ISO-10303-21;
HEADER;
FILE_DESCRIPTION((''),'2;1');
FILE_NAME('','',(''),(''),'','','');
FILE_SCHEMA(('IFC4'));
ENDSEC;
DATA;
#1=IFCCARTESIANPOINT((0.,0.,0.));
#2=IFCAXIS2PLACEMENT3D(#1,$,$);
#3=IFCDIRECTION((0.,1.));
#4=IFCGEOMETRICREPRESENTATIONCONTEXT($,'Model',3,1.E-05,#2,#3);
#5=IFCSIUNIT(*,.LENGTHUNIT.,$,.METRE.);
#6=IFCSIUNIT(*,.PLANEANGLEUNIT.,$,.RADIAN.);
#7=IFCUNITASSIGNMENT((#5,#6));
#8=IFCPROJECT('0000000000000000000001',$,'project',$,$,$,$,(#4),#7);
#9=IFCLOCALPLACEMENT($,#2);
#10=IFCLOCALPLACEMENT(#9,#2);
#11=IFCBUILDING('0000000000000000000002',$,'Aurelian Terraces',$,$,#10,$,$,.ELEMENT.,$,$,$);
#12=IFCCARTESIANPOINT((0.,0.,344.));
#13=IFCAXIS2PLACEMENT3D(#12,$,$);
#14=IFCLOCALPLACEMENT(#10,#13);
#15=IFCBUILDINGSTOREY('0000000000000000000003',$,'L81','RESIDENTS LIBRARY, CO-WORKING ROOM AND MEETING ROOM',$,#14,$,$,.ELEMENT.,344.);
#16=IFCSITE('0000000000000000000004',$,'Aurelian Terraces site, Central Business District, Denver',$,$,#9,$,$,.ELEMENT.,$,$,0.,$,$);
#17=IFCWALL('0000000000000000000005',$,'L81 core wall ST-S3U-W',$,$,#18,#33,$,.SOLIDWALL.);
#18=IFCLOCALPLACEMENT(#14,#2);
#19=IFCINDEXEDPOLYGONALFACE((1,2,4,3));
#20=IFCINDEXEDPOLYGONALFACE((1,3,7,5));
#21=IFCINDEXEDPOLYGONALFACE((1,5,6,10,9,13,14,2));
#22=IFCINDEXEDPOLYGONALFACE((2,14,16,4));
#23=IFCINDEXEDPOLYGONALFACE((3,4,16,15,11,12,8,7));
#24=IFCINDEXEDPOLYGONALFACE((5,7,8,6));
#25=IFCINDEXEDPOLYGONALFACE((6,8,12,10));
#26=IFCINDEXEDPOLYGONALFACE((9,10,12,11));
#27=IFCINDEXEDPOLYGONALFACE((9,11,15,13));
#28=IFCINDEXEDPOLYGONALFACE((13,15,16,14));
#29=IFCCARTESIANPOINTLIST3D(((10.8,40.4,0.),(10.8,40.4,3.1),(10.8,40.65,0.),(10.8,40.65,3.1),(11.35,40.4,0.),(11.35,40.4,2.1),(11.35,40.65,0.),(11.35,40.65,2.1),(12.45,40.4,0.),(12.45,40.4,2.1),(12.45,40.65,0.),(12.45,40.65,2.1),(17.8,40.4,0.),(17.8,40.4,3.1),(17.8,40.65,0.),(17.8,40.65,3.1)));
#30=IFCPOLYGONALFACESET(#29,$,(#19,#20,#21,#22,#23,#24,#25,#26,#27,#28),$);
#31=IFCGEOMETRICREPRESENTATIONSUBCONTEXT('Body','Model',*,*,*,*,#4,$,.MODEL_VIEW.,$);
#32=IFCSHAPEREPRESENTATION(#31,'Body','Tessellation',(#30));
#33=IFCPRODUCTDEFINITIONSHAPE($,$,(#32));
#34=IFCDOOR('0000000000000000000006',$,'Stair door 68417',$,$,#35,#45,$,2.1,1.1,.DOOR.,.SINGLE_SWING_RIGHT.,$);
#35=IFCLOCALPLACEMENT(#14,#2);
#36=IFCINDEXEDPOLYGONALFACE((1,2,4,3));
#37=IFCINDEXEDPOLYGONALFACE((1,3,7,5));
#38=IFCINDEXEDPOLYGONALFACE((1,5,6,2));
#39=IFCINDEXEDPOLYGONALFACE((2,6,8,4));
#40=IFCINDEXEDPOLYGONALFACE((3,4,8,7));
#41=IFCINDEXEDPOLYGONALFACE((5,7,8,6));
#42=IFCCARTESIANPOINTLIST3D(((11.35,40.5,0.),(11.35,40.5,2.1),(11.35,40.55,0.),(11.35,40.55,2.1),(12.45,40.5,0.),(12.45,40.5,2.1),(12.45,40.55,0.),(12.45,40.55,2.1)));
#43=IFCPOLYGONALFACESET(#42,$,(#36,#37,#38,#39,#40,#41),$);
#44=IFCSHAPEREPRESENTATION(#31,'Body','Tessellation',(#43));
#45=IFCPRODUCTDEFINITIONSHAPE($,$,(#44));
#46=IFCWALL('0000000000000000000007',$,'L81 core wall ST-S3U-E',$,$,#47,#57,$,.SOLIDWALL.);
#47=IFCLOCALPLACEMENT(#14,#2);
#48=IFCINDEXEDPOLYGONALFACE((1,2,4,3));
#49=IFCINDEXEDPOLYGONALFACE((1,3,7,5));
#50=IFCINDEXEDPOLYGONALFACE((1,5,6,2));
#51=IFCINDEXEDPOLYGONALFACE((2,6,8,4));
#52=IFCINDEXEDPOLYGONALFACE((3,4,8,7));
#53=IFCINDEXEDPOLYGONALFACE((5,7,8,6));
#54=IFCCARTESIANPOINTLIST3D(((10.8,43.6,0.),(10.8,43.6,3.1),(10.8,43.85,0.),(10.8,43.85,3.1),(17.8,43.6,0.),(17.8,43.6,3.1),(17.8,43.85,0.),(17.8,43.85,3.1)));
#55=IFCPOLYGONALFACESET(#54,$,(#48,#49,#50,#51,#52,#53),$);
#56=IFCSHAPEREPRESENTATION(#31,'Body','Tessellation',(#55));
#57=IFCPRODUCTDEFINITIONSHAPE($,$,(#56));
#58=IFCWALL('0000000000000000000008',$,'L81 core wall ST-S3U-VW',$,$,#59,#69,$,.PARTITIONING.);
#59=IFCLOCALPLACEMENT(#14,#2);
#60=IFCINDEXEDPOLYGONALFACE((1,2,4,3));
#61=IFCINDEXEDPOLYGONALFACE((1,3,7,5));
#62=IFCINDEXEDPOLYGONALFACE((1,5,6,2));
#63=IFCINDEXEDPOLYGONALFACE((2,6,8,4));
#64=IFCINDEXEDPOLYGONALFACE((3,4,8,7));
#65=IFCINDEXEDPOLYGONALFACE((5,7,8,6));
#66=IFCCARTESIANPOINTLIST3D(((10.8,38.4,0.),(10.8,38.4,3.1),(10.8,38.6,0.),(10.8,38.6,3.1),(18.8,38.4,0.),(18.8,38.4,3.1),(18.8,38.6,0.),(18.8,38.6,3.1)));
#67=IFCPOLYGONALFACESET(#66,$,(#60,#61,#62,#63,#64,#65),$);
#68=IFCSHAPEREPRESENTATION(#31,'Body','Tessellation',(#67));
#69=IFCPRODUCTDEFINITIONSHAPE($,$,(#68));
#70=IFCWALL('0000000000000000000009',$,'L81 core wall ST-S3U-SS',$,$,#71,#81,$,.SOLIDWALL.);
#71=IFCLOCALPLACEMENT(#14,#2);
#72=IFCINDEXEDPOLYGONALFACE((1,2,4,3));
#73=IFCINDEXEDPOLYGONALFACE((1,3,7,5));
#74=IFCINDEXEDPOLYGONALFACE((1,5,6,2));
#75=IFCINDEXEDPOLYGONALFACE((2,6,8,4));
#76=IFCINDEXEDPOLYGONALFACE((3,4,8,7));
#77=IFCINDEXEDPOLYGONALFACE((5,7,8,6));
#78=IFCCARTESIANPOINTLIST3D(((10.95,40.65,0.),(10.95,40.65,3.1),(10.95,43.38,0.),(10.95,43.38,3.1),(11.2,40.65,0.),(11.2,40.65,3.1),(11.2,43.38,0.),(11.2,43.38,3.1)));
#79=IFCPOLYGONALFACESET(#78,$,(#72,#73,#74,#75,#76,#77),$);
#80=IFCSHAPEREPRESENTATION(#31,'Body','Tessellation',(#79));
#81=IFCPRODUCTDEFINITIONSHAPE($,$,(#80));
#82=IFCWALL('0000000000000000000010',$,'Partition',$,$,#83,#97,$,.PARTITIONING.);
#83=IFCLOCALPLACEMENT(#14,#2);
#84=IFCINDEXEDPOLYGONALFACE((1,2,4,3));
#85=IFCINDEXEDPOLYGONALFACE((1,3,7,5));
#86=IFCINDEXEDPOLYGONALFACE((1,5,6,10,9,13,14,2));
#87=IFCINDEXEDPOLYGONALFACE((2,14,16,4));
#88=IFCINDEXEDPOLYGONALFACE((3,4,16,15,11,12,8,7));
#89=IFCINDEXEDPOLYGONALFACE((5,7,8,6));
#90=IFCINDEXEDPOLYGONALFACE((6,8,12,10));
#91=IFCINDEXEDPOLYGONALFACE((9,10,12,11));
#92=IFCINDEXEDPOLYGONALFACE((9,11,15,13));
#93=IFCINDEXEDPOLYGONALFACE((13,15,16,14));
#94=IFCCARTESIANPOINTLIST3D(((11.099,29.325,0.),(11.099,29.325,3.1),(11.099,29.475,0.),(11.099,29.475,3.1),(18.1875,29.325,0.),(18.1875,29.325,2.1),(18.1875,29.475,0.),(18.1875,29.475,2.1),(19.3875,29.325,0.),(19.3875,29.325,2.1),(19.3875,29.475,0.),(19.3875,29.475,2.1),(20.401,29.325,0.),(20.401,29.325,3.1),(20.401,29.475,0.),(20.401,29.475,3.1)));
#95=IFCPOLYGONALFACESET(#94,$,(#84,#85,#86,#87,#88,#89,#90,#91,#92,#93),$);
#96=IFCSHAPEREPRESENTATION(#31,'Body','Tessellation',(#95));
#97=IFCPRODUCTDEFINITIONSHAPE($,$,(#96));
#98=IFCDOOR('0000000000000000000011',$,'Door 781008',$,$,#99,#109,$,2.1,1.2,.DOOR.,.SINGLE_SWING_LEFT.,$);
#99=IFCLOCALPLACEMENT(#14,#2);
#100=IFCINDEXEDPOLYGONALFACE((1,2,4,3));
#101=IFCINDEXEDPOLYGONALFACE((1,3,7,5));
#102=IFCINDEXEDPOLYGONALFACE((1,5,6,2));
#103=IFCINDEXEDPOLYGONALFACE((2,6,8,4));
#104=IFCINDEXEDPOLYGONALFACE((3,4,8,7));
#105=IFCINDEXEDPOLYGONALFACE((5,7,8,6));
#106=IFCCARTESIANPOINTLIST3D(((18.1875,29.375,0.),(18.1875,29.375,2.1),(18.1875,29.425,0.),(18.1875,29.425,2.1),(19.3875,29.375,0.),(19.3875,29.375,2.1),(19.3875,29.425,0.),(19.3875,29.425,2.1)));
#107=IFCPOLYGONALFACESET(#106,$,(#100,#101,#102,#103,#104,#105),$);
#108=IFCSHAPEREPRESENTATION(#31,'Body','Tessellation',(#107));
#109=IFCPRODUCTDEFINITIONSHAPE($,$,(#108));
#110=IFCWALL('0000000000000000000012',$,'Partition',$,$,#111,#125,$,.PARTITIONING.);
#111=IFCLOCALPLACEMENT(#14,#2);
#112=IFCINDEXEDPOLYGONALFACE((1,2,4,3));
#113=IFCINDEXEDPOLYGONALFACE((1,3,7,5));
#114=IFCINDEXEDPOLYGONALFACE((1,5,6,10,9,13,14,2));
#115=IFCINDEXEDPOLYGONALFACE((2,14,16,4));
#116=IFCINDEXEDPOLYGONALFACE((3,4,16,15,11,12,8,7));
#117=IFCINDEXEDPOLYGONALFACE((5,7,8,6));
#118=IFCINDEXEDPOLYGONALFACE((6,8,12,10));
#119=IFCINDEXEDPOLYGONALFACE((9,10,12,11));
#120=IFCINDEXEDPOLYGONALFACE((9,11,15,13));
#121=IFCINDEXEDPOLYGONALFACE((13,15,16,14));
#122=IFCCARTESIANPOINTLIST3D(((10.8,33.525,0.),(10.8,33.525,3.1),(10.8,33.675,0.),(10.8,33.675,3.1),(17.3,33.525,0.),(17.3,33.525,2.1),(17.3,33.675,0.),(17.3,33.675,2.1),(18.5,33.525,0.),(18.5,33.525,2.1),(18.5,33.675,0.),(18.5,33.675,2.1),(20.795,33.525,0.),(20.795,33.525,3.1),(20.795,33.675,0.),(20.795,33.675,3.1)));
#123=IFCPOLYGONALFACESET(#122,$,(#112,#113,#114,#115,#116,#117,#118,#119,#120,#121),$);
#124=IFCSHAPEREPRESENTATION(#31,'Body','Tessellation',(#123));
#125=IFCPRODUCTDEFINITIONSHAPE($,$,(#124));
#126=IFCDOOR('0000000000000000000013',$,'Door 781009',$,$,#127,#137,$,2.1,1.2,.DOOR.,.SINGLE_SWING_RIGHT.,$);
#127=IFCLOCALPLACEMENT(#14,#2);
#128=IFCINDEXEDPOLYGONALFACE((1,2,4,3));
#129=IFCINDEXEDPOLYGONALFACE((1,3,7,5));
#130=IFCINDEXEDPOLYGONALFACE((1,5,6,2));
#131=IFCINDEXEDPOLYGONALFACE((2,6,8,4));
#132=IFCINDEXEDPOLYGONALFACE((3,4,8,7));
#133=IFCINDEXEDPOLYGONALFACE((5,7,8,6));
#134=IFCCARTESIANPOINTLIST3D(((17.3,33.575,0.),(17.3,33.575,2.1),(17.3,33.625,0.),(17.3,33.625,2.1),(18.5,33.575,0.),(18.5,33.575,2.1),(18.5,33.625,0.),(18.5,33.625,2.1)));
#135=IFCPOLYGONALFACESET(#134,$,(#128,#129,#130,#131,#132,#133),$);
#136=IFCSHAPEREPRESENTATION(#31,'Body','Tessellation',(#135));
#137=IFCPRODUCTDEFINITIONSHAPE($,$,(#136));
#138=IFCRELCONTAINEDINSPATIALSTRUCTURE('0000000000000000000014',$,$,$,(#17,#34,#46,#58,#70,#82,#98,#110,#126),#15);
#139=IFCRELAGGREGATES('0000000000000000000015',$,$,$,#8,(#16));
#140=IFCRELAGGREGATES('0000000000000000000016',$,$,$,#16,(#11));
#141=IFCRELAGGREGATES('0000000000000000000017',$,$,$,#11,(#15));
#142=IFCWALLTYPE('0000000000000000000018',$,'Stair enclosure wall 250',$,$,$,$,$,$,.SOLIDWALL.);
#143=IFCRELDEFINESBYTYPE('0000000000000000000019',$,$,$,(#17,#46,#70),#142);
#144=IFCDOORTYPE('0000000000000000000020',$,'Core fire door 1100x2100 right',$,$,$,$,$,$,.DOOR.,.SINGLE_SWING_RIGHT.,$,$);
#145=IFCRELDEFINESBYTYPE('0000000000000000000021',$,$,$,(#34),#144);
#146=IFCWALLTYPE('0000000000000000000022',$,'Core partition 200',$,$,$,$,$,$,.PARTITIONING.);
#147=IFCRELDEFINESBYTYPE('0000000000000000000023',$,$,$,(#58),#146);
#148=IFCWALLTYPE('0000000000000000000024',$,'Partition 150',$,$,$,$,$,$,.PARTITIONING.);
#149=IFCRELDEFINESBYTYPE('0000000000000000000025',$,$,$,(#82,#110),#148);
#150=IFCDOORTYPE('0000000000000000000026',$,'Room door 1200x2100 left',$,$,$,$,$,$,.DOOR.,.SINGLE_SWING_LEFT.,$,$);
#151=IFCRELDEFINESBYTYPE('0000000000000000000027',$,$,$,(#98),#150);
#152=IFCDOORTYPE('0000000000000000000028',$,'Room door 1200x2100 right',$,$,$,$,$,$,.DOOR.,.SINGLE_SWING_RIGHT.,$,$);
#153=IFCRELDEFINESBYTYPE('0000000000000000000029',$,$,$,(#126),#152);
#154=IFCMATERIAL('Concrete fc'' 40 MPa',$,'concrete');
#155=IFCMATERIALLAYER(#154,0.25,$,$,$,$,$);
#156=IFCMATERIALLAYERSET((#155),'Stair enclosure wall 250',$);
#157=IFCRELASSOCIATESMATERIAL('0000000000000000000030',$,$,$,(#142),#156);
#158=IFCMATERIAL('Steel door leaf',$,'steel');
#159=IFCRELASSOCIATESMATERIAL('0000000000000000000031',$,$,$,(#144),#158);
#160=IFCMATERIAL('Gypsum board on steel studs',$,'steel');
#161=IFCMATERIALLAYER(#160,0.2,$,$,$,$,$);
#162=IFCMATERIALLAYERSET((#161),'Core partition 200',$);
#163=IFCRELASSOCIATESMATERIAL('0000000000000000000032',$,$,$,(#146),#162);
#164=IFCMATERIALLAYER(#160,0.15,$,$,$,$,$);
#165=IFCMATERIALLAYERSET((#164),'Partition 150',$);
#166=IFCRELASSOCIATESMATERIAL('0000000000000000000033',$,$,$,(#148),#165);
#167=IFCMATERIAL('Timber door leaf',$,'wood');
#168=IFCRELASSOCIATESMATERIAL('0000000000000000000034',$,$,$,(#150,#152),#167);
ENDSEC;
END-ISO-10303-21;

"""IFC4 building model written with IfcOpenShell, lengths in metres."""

from ifc_helpers import new_model, si_unit, direction, frame, frame_2d, origin, place, context, subcontext, project, spatial, rectangle, extrude, source, transform, mapped, material, layer, layer_set, type_object, element, fill, save


model = new_model("IFC4")

# Units and contexts
model_context = context("Model", 3, precision=1e-05, world=origin(), true_north=direction((0.0, 1.0)))
body_context = subcontext(model_context, "Body", "Model", "MODEL_VIEW")
ifc_project = project(units=[si_unit("LENGTHUNIT", "METRE"), si_unit("PLANEANGLEUNIT", "RADIAN")], contexts=[model_context])

# Site, building, storey
site_placement = place(None, origin())
site = spatial("IfcSite", under=ifc_project, at=site_placement, Name="Aurelian Terraces site, Central Business District, Denver", CompositionType="ELEMENT", RefElevation=0.0)
building_placement = place(site_placement, origin())
building = spatial("IfcBuilding", under=site, at=building_placement, Name="Aurelian Terraces", CompositionType="ELEMENT")
storey_placement = place(building_placement, frame((0.0, 0.0, 344.0)))
storey = spatial("IfcBuildingStorey", under=building, at=storey_placement, Name="L81", Description="RESIDENTS LIBRARY, CO-WORKING ROOM AND MEETING ROOM", CompositionType="ELEMENT", Elevation=344.0)

# Shared definitions
ifc_material_1 = material(Name="Concrete fc' 40 MPa", Category="concrete")

# Wall, opening, door
ifc_layer_1 = layer(ifc_material_1, 0.25)
ifc_layer_set_1 = layer_set([ifc_layer_1], Name="Stair enclosure wall 250")
wall_type_1 = type_object("IfcWallType", Name="Stair enclosure wall 250", PredefinedType="SOLIDWALL", material=ifc_layer_set_1)
shared_shape_1 = source(origin(), body_context, "Body", "SweptSolid", [
    extrude(rectangle(XDim=7.0, YDim=0.25, at=frame_2d((3.5, 0.0))), origin(), (0.0, 0.0, 1.0), 3.1),
])
wall_1_placement = place(storey_placement, frame((10.8, 40.525, 0.0), z_axis=(0.0, 0.0, 1.0), x_axis=(1.0, 0.0, 0.0)))
wall_1 = element("IfcWall", 1, at=wall_1_placement, inside=storey, type_object=wall_type_1, Name="L81 core wall ST-S3U-W", PredefinedType="SOLIDWALL", context=body_context, shape_type="MappedRepresentation", body=[
    mapped(shared_shape_1, transform((0.0, 0.0, 0.0), scale=1.0)),
])
shared_shape_2 = source(origin(), body_context, "Body", "SweptSolid", [
    extrude(rectangle(XDim=1.1, YDim=2.1, at=frame_2d((0.55, 1.05))), frame((0.0, 0.135, 0.0), z_axis=(0.0, -1.0, 0.0), x_axis=(1.0, 0.0, 0.0)), (0.0, 0.0, 1.0), 0.27),
])
opening_1_placement = place(wall_1_placement, frame((0.55, 0.0, 0.0)))
opening_1 = element("IfcOpeningElement", 2, at=opening_1_placement, cuts=wall_1, PredefinedType="OPENING", context=body_context, shape_type="MappedRepresentation", body=[
    mapped(shared_shape_2, transform((0.0, 0.0, 0.0), scale=1.0)),
])
ifc_material_2 = material(Name="Steel door leaf", Category="steel")
door_type_1 = type_object("IfcDoorType", Name="Core fire door 1100x2100 right", OperationType="SINGLE_SWING_RIGHT", PredefinedType="DOOR", material=ifc_material_2)
shared_shape_3 = source(origin(), body_context, "Body", "SweptSolid", [
    extrude(rectangle(XDim=1.1, YDim=2.1, at=frame_2d((0.55, 1.05))), frame((0.0, 0.025, 0.0), z_axis=(0.0, -1.0, 0.0), x_axis=(1.0, 0.0, 0.0)), (0.0, 0.0, 1.0), 0.05),
])
door_1_placement = place(opening_1_placement, origin())
door_1 = element("IfcDoor", 3, at=door_1_placement, inside=storey, type_object=door_type_1, Name="Stair door 68417", OperationType="SINGLE_SWING_RIGHT", OverallHeight=2.1, OverallWidth=1.1, PredefinedType="DOOR", context=body_context, shape_type="MappedRepresentation", body=[
    mapped(shared_shape_3, transform((0.0, 0.0, 0.0), scale=1.0)),
])
fill(opening_1, door_1)

# Walls
wall_2_placement = place(storey_placement, frame((10.8, 43.725, 0.0), z_axis=(0.0, 0.0, 1.0), x_axis=(1.0, 0.0, 0.0)))
element("IfcWall", 4, at=wall_2_placement, inside=storey, type_object=wall_type_1, Name="L81 core wall ST-S3U-E", PredefinedType="SOLIDWALL", context=body_context, shape_type="MappedRepresentation", body=[
    mapped(shared_shape_1, transform((0.0, 0.0, 0.0), scale=1.0)),
])
ifc_material_3 = material(Name="Gypsum board on steel studs", Category="steel")
ifc_layer_2 = layer(ifc_material_3, 0.2)
ifc_layer_set_2 = layer_set([ifc_layer_2], Name="Core partition 200")
wall_type_2 = type_object("IfcWallType", Name="Core partition 200", PredefinedType="PARTITIONING", material=ifc_layer_set_2)
shared_shape_4 = source(origin(), body_context, "Body", "SweptSolid", [
    extrude(rectangle(XDim=8.0, YDim=0.2, at=frame_2d((4.0, 0.0))), origin(), (0.0, 0.0, 1.0), 3.1),
])
wall_3_placement = place(storey_placement, frame((10.8, 38.5, 0.0), z_axis=(0.0, 0.0, 1.0), x_axis=(1.0, 0.0, 0.0)))
element("IfcWall", 5, at=wall_3_placement, inside=storey, type_object=wall_type_2, Name="L81 core wall ST-S3U-VW", PredefinedType="PARTITIONING", context=body_context, shape_type="MappedRepresentation", body=[
    mapped(shared_shape_4, transform((0.0, 0.0, 0.0), scale=1.0)),
])
shared_shape_5 = source(origin(), body_context, "Body", "SweptSolid", [
    extrude(rectangle(XDim=2.73, YDim=0.25, at=frame_2d((1.365, 0.0))), origin(), (0.0, 0.0, 1.0), 3.1),
])
wall_4_placement = place(storey_placement, frame((11.075, 40.65, 0.0), z_axis=(0.0, 0.0, 1.0), x_axis=(0.0, 1.0, 0.0)))
element("IfcWall", 6, at=wall_4_placement, inside=storey, type_object=wall_type_1, Name="L81 core wall ST-S3U-SS", PredefinedType="SOLIDWALL", context=body_context, shape_type="MappedRepresentation", body=[
    mapped(shared_shape_5, transform((0.0, 0.0, 0.0), scale=1.0)),
])

# Walls, openings, doors
ifc_layer_3 = layer(ifc_material_3, 0.15)
ifc_layer_set_3 = layer_set([ifc_layer_3], Name="Partition 150")
wall_type_3 = type_object("IfcWallType", Name="Partition 150", PredefinedType="PARTITIONING", material=ifc_layer_set_3)
shared_shape_6 = source(origin(), body_context, "Body", "SweptSolid", [
    extrude(rectangle(XDim=9.302, YDim=0.15, at=frame_2d((4.651, 0.0))), origin(), (0.0, 0.0, 1.0), 3.1),
])
wall_5_placement = place(storey_placement, frame((11.099, 29.4, 0.0), z_axis=(0.0, 0.0, 1.0), x_axis=(1.0, 0.0, 0.0)))
wall_5 = element("IfcWall", 7, at=wall_5_placement, inside=storey, type_object=wall_type_3, Name="Partition", PredefinedType="PARTITIONING", context=body_context, shape_type="MappedRepresentation", body=[
    mapped(shared_shape_6, transform((0.0, 0.0, 0.0), scale=1.0)),
])
shared_shape_7 = source(origin(), body_context, "Body", "SweptSolid", [
    extrude(rectangle(XDim=1.2, YDim=2.1, at=frame_2d((0.6, 1.05))), frame((0.0, 0.085, 0.0), z_axis=(0.0, -1.0, 0.0), x_axis=(1.0, 0.0, 0.0)), (0.0, 0.0, 1.0), 0.17),
])
opening_2_placement = place(wall_5_placement, frame((7.0885, 0.0, 0.0)))
opening_2 = element("IfcOpeningElement", 8, at=opening_2_placement, cuts=wall_5, PredefinedType="OPENING", context=body_context, shape_type="MappedRepresentation", body=[
    mapped(shared_shape_7, transform((0.0, 0.0, 0.0), scale=1.0)),
])
ifc_material_4 = material(Name="Timber door leaf", Category="wood")
door_type_2 = type_object("IfcDoorType", Name="Room door 1200x2100 left", OperationType="SINGLE_SWING_LEFT", PredefinedType="DOOR", material=ifc_material_4)
shared_shape_8 = source(origin(), body_context, "Body", "SweptSolid", [
    extrude(rectangle(XDim=1.2, YDim=2.1, at=frame_2d((0.6, 1.05))), frame((0.0, 0.025, 0.0), z_axis=(0.0, -1.0, 0.0), x_axis=(1.0, 0.0, 0.0)), (0.0, 0.0, 1.0), 0.05),
])
door_2_placement = place(opening_2_placement, origin())
door_2 = element("IfcDoor", 9, at=door_2_placement, inside=storey, type_object=door_type_2, Name="Door 781008", OperationType="SINGLE_SWING_LEFT", OverallHeight=2.1, OverallWidth=1.2, PredefinedType="DOOR", context=body_context, shape_type="MappedRepresentation", body=[
    mapped(shared_shape_8, transform((0.0, 0.0, 0.0), scale=1.0)),
])
fill(opening_2, door_2)
shared_shape_9 = source(origin(), body_context, "Body", "SweptSolid", [
    extrude(rectangle(XDim=9.995, YDim=0.15, at=frame_2d((4.9975, 0.0))), origin(), (0.0, 0.0, 1.0), 3.1),
])
wall_6_placement = place(storey_placement, frame((10.8, 33.6, 0.0), z_axis=(0.0, 0.0, 1.0), x_axis=(1.0, 0.0, 0.0)))
wall_6 = element("IfcWall", 10, at=wall_6_placement, inside=storey, type_object=wall_type_3, Name="Partition", PredefinedType="PARTITIONING", context=body_context, shape_type="MappedRepresentation", body=[
    mapped(shared_shape_9, transform((0.0, 0.0, 0.0), scale=1.0)),
])
opening_3_placement = place(wall_6_placement, frame((6.5, 0.0, 0.0)))
opening_3 = element("IfcOpeningElement", 11, at=opening_3_placement, cuts=wall_6, PredefinedType="OPENING", context=body_context, shape_type="MappedRepresentation", body=[
    mapped(shared_shape_7, transform((0.0, 0.0, 0.0), scale=1.0)),
])
door_type_3 = type_object("IfcDoorType", Name="Room door 1200x2100 right", OperationType="SINGLE_SWING_RIGHT", PredefinedType="DOOR", material=ifc_material_4)
door_3_placement = place(opening_3_placement, origin())
door_3 = element("IfcDoor", 12, at=door_3_placement, inside=storey, type_object=door_type_3, Name="Door 781009", OperationType="SINGLE_SWING_RIGHT", OverallHeight=2.1, OverallWidth=1.2, PredefinedType="DOOR", context=body_context, shape_type="MappedRepresentation", body=[
    mapped(shared_shape_8, transform((0.0, 0.0, 0.0), scale=1.0)),
])
fill(opening_3, door_3)

save(model, "model.ifc")
